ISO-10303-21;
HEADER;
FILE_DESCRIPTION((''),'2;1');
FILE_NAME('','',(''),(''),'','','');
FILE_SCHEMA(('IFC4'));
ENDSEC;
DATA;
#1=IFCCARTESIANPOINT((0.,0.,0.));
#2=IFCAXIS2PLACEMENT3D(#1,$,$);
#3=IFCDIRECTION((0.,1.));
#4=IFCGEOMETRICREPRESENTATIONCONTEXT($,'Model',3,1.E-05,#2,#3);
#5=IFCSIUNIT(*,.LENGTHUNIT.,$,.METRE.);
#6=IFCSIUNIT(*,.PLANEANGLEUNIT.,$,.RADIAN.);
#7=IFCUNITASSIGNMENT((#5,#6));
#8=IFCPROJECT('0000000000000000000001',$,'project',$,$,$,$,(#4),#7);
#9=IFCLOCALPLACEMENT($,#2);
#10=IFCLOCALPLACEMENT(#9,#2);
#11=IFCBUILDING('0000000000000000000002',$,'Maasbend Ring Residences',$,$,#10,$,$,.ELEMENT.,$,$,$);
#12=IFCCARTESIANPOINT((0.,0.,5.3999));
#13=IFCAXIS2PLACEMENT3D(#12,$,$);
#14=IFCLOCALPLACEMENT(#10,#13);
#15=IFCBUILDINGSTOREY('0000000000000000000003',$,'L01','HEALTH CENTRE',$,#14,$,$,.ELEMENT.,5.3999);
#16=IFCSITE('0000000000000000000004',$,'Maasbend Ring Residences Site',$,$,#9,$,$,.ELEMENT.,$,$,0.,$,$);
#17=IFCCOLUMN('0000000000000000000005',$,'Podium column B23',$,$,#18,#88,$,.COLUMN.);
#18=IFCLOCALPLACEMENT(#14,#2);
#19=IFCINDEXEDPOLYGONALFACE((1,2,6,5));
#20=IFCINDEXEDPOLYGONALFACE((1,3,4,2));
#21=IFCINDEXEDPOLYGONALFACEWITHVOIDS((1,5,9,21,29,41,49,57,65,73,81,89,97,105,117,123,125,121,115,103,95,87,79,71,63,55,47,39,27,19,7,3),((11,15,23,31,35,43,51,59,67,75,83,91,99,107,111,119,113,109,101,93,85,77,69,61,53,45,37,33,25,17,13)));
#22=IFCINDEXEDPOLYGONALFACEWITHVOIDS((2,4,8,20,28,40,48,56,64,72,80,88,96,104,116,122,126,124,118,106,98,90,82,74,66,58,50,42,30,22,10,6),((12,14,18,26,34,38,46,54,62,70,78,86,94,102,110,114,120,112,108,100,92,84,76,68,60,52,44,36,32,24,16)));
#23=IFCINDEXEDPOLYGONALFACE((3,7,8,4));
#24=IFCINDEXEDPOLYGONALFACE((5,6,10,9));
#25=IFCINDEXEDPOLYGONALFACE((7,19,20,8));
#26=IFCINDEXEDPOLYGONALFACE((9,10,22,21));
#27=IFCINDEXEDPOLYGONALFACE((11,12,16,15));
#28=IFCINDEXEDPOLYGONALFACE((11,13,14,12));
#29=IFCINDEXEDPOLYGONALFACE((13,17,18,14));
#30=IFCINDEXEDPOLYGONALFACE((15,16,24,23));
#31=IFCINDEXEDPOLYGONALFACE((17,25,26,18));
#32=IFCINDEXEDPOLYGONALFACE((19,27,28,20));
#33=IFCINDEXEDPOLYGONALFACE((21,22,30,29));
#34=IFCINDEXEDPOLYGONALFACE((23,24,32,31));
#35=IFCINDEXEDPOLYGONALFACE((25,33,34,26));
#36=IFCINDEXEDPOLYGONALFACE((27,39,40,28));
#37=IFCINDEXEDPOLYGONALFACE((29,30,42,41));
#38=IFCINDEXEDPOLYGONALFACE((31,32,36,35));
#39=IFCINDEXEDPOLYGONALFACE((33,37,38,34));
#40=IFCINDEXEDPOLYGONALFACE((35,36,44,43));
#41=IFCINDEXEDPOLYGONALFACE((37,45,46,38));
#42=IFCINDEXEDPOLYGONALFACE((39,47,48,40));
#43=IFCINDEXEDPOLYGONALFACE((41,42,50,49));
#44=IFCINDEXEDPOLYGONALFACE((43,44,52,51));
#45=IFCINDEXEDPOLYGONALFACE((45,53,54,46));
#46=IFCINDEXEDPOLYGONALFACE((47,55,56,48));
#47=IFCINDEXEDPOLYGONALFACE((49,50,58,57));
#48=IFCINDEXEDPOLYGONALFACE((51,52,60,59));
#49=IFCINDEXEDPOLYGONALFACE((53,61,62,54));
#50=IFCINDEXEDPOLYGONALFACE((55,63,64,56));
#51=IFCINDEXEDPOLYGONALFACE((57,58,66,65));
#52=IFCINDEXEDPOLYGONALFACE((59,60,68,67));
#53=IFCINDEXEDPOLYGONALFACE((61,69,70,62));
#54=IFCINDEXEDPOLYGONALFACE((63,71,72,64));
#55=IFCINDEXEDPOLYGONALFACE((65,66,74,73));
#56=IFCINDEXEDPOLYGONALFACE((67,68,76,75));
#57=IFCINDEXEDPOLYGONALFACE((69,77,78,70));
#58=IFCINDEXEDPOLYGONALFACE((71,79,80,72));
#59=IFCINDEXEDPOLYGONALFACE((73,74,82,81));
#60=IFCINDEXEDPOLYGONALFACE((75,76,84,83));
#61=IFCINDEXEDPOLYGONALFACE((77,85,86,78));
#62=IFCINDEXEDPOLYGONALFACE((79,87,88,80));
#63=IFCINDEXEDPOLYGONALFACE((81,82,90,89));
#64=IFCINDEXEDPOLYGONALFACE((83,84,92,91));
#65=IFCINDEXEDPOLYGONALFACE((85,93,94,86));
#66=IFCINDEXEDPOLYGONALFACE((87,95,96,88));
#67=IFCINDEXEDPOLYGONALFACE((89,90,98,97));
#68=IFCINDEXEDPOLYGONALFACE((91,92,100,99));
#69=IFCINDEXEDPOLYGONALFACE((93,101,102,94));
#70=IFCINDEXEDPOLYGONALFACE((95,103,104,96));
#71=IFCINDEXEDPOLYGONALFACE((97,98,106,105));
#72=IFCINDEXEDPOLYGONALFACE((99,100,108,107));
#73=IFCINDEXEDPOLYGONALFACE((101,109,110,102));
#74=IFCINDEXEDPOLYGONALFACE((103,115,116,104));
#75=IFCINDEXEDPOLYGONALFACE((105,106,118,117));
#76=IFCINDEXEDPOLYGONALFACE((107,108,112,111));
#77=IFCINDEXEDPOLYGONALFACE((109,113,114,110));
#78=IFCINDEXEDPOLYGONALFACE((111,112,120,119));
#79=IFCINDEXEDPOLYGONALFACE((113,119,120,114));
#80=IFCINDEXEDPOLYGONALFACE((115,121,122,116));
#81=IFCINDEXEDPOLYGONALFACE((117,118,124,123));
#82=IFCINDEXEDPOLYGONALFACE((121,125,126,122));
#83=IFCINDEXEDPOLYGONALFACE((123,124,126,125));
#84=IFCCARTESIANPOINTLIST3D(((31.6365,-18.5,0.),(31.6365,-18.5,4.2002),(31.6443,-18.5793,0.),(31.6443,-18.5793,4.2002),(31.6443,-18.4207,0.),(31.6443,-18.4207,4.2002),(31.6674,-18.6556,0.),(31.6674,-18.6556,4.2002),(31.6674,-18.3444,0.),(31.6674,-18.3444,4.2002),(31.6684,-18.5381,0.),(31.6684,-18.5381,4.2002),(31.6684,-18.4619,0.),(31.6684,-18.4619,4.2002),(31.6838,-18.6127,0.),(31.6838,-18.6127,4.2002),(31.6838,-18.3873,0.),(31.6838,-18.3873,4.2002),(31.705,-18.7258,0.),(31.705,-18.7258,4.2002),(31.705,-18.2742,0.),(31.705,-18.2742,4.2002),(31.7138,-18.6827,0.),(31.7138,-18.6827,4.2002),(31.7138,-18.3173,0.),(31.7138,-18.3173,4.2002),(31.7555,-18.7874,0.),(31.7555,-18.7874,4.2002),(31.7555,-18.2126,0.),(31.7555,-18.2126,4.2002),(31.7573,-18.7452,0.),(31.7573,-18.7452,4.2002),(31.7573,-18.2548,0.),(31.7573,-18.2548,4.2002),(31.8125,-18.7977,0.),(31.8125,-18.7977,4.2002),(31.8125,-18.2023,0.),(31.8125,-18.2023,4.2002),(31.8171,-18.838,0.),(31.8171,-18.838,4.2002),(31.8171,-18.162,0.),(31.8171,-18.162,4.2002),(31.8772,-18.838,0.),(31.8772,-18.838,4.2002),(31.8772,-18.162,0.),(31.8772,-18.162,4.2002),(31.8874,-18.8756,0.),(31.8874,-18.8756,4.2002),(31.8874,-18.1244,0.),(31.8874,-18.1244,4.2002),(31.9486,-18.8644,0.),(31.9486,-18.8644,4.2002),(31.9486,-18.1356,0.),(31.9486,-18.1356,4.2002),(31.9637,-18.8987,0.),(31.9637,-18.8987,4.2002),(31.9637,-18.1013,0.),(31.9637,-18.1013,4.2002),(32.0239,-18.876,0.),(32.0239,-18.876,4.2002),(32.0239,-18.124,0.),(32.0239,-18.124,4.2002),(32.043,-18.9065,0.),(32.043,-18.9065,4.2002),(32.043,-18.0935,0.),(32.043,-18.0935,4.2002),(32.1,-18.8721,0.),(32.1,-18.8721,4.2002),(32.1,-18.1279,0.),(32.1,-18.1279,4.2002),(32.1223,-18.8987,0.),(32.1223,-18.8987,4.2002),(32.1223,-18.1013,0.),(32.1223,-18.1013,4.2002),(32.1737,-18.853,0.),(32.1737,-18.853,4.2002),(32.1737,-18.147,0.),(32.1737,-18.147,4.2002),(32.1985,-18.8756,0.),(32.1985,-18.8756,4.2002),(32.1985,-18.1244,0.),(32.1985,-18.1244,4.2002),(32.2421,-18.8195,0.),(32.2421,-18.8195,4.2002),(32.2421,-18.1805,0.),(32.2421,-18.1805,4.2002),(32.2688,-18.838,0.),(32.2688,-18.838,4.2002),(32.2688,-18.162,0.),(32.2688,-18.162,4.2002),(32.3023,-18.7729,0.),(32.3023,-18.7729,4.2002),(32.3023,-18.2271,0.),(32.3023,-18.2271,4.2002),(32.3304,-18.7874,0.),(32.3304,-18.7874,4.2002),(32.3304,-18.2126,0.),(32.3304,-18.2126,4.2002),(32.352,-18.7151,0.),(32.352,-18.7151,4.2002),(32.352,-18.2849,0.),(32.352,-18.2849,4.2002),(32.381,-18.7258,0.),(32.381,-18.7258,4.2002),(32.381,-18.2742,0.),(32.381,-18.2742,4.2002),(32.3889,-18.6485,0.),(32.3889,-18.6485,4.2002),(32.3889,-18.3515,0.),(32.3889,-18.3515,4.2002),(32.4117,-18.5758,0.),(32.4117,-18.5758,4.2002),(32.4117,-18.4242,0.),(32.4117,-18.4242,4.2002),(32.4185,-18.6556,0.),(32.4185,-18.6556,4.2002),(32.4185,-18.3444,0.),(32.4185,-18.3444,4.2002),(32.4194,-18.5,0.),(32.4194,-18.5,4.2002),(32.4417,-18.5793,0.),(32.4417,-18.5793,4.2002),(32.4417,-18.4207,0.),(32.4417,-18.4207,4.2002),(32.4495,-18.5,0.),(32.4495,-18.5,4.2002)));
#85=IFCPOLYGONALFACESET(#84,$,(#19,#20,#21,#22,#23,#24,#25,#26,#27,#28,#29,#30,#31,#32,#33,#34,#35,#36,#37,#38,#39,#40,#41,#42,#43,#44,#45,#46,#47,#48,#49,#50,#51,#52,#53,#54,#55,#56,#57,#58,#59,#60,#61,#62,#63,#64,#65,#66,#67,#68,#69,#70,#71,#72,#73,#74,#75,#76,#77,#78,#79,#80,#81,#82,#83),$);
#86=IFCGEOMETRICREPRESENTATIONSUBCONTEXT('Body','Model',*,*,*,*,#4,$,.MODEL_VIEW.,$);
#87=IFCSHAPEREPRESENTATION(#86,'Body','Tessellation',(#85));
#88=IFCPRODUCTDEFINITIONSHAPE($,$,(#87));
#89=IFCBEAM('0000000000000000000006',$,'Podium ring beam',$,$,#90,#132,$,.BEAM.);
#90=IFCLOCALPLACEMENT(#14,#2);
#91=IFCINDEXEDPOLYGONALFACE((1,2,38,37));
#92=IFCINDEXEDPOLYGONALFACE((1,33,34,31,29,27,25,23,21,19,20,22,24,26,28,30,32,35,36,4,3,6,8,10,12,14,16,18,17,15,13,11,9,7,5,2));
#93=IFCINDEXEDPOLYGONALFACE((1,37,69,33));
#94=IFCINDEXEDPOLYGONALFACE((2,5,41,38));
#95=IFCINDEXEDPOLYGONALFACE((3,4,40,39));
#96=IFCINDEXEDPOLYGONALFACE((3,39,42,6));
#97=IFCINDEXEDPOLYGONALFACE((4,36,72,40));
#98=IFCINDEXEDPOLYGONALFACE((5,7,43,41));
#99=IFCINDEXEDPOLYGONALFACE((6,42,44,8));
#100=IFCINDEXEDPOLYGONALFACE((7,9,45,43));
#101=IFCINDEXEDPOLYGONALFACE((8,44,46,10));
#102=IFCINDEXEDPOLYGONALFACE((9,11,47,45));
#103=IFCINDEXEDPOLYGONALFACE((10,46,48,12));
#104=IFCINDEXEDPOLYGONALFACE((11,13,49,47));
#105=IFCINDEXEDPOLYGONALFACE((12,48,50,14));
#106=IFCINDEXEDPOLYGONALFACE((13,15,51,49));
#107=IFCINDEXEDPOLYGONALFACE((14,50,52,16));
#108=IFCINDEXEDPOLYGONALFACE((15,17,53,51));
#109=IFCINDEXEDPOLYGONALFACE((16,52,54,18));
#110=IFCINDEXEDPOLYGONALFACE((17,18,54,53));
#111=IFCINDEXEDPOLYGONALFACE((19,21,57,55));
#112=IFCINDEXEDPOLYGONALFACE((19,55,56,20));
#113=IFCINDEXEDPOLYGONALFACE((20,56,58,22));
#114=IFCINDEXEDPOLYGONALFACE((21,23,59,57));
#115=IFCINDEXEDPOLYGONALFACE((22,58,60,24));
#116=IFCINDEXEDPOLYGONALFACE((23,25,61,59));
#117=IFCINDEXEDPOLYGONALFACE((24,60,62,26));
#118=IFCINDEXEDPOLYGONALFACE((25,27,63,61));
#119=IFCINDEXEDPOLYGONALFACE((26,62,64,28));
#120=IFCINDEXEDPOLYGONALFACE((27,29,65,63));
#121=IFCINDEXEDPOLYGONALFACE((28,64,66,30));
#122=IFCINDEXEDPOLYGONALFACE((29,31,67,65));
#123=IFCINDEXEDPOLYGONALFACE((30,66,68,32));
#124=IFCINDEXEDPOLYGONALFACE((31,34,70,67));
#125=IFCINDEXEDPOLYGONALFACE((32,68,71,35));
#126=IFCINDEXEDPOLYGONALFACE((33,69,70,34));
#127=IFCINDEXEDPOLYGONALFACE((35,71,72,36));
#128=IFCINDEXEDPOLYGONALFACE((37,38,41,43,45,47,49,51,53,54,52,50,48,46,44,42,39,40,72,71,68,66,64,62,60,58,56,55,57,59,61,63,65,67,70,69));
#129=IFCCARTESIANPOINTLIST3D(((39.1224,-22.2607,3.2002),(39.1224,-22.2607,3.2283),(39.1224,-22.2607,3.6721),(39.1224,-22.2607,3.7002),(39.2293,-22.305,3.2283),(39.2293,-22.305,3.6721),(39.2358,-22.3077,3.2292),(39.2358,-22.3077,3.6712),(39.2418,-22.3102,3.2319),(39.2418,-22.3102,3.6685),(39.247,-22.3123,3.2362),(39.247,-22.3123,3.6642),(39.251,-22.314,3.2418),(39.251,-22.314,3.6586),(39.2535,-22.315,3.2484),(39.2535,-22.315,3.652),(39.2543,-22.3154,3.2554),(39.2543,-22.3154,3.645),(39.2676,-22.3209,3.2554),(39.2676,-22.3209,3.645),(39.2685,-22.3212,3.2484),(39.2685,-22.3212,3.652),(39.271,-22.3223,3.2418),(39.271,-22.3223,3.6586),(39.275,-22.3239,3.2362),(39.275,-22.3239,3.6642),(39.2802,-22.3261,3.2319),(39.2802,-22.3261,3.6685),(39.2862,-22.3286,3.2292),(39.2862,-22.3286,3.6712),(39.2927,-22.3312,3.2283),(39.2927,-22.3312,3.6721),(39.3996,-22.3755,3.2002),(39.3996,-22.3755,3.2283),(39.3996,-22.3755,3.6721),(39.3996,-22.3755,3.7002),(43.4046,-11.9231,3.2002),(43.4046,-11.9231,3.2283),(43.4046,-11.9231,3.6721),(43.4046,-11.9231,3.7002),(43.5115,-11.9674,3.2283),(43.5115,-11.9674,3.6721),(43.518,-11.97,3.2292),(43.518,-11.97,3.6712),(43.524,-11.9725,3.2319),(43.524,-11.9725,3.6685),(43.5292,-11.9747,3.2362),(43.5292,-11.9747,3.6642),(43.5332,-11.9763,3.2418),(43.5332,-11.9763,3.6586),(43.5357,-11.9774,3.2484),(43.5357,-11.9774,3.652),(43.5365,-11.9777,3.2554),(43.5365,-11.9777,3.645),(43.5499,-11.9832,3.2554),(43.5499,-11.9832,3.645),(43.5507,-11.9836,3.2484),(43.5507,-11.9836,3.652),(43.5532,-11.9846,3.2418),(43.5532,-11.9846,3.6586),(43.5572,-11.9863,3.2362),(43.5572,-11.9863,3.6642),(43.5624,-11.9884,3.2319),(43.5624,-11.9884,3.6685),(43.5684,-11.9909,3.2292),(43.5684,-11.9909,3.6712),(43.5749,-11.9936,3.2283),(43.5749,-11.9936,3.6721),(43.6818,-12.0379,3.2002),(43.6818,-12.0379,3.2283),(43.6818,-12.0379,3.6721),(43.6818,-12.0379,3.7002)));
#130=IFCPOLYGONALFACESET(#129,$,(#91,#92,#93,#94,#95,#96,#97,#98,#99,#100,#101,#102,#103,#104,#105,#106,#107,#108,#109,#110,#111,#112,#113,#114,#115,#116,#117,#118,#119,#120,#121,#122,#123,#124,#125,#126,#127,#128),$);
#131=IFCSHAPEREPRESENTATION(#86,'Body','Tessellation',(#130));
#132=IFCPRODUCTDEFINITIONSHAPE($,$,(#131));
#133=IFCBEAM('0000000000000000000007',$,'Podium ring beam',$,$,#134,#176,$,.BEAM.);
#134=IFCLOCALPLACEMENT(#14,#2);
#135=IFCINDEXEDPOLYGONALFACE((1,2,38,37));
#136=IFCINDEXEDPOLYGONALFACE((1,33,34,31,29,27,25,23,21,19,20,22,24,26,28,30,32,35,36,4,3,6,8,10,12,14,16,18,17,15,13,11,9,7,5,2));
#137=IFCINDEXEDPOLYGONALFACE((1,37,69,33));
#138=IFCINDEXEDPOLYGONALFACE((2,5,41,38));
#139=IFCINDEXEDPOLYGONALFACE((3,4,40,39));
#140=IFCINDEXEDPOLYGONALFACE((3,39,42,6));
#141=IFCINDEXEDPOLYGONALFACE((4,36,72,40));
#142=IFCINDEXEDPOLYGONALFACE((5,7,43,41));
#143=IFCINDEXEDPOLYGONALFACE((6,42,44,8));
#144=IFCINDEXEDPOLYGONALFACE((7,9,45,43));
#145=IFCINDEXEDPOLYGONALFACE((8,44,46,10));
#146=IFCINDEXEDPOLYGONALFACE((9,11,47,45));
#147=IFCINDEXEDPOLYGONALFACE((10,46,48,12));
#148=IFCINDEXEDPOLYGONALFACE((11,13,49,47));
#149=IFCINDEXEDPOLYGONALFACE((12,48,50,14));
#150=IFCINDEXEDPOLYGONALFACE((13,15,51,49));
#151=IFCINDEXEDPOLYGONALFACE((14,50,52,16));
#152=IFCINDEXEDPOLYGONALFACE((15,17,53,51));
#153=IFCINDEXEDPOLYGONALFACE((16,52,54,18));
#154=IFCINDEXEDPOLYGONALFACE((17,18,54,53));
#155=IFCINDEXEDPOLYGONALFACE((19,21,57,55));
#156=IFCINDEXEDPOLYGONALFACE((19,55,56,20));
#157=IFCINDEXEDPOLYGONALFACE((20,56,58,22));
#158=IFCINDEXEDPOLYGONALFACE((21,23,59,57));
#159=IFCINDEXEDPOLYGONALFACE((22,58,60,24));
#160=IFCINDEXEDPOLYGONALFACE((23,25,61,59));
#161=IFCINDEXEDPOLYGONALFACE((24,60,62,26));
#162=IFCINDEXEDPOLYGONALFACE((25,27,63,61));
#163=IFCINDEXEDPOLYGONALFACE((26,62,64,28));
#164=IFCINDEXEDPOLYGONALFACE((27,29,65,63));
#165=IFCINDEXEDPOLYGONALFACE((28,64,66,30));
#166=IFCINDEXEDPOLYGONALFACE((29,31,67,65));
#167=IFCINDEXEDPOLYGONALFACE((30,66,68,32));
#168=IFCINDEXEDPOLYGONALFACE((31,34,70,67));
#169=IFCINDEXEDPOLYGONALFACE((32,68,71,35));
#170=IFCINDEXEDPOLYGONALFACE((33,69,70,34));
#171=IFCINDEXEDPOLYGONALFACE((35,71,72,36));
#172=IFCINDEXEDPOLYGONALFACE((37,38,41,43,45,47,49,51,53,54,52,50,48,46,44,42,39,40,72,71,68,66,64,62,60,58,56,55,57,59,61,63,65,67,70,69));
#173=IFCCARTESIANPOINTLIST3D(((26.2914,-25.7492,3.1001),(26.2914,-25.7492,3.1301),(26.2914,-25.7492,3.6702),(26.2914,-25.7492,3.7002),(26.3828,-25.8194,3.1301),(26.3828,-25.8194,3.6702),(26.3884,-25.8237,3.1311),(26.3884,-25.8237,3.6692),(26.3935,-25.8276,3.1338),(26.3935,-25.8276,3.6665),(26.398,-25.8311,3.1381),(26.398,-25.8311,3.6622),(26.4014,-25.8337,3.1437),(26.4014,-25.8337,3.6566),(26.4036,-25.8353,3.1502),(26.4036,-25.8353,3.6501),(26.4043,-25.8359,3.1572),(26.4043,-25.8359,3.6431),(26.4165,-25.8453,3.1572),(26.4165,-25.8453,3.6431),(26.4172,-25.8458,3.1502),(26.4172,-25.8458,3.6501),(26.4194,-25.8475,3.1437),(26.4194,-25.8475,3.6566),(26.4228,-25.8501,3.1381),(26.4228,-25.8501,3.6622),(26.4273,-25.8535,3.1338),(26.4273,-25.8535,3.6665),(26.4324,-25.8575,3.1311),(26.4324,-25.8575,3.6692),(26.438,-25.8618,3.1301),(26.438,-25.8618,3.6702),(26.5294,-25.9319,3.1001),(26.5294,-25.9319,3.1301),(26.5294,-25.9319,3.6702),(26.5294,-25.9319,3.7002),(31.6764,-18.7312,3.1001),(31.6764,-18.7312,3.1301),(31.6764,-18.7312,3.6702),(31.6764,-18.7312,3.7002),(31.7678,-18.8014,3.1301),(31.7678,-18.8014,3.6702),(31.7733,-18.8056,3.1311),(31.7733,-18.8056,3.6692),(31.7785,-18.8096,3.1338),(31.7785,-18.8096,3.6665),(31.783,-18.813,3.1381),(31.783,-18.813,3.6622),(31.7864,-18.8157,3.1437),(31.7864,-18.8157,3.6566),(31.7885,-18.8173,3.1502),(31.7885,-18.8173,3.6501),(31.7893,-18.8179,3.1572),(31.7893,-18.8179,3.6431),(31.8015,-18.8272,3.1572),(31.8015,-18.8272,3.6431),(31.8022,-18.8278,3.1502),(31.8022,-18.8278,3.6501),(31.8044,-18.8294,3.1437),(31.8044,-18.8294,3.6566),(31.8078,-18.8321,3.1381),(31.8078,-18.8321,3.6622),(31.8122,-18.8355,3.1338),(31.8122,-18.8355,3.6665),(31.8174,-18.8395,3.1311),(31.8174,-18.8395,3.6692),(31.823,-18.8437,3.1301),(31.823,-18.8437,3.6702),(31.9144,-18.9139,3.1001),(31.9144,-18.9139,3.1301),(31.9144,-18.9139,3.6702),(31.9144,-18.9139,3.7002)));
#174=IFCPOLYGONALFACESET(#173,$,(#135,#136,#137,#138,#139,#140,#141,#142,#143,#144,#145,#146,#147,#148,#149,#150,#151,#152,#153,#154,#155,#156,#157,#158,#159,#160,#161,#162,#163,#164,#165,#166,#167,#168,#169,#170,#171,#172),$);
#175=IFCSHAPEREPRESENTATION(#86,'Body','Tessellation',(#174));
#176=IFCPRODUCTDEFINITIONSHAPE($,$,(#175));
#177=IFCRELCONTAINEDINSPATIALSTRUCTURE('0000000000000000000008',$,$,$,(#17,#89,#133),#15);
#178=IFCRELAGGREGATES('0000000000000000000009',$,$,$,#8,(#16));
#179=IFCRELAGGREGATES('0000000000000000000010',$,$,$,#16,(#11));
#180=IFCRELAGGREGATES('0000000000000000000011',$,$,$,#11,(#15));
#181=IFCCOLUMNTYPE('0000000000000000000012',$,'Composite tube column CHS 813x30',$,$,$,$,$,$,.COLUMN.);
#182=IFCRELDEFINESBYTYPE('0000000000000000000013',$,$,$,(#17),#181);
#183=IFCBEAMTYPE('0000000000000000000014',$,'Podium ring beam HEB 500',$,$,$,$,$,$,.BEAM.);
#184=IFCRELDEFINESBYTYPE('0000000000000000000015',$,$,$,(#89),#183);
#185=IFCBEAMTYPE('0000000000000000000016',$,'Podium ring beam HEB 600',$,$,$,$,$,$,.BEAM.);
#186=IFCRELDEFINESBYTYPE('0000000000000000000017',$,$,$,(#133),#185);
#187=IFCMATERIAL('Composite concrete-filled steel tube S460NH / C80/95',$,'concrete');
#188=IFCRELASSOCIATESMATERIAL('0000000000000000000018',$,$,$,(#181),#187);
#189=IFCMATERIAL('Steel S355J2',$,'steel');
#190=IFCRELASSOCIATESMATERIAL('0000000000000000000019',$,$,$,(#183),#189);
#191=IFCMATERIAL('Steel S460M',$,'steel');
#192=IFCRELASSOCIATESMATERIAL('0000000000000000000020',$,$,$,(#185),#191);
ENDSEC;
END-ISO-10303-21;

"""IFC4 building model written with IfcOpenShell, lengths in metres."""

from ifc_helpers import new_model, si_unit, direction, frame, origin, origin_2d, place, context, subcontext, project, spatial, hollow_circle, i_section, extrude, material, material_profile, profile_set, type_object, element, save


model = new_model("IFC4")

# Units and contexts
model_context = context("Model", 3, precision=1e-05, world=origin(), true_north=direction((0.0, 1.0)))
body_context = subcontext(model_context, "Body", "Model", "MODEL_VIEW")
ifc_project = project(units=[si_unit("LENGTHUNIT", "METRE"), si_unit("PLANEANGLEUNIT", "RADIAN")], contexts=[model_context])

# Site, building, storey
site_placement = place(None, origin())
site = spatial("IfcSite", under=ifc_project, at=site_placement, Name="Maasbend Ring Residences Site", CompositionType="ELEMENT", RefElevation=0.0)
building_placement = place(site_placement, origin())
building = spatial("IfcBuilding", under=site, at=building_placement, Name="Maasbend Ring Residences", CompositionType="ELEMENT")
storey_placement = place(building_placement, frame((0.0, 0.0, 5.3999)))
storey = spatial("IfcBuildingStorey", under=building, at=storey_placement, Name="L01", Description="HEALTH CENTRE", CompositionType="ELEMENT", Elevation=5.3999)

# Column
ifc_material_1 = material(Name="Composite concrete-filled steel tube S460NH / C80/95", Category="concrete")
ifc_material_profile_1 = material_profile(ifc_material_1, hollow_circle(Radius=0.4065, WallThickness=0.03, at=origin_2d()), Name="Composite tube column CHS 813x30")
ifc_profile_set_1 = profile_set([ifc_material_profile_1], Name="Composite concrete-filled steel tube S460NH / C80/95")
column_type_1 = type_object("IfcColumnType", Name="Composite tube column CHS 813x30", PredefinedType="COLUMN", material=ifc_profile_set_1)
for number, where, z_axis, x_axis, name in (
    (1, (32.043, -18.5, 0.0), (0.0, 0.0, 1.0), (1.0, 0.0, 0.0), "Podium column B23"),
):
    element("IfcColumn", number, at=place(storey_placement, frame(where, z_axis=z_axis, x_axis=x_axis)), inside=storey, type_object=column_type_1, Name=name, PredefinedType="COLUMN", context=body_context, shape_type="SweptSolid", body=[
        extrude(hollow_circle(Radius=0.4065, WallThickness=0.03, at=origin_2d()), origin(), (0.0, 0.0, 1.0), 4.2002),
    ])

# Beams
ifc_material_2 = material(Name="Steel S355J2", Category="steel")
ifc_material_profile_2 = material_profile(ifc_material_2, i_section(OverallWidth=0.3, OverallDepth=0.5, WebThickness=0.0144, FlangeThickness=0.0281, FilletRadius=0.0271, at=origin_2d()), Name="HEB 500")
ifc_profile_set_2 = profile_set([ifc_material_profile_2], Name="Steel S355J2")
beam_type_1 = type_object("IfcBeamType", Name="Podium ring beam HEB 500", PredefinedType="BEAM", material=ifc_profile_set_2)
beam_1_placement = place(storey_placement, frame((39.261, -22.3181, 3.4502), z_axis=(0.382701, 0.923872, 0.0), x_axis=(-0.923872, 0.382701, 0.0)))
element("IfcBeam", 2, at=beam_1_placement, inside=storey, type_object=beam_type_1, Name="Podium ring beam", PredefinedType="BEAM", context=body_context, shape_type="SweptSolid", body=[
    extrude(i_section(OverallWidth=0.3, OverallDepth=0.5, WebThickness=0.0144, FlangeThickness=0.0281, FilletRadius=0.0271, at=origin_2d()), origin(), (0.0, 0.0, 1.0), 11.1895),
])
ifc_material_3 = material(Name="Steel S460M", Category="steel")
ifc_material_profile_3 = material_profile(ifc_material_3, i_section(OverallWidth=0.3, OverallDepth=0.6001, WebThickness=0.0154, FlangeThickness=0.03, FilletRadius=0.0271, at=origin_2d()), Name="HEB 600")
ifc_profile_set_3 = profile_set([ifc_material_profile_3], Name="Steel S460M")
beam_type_2 = type_object("IfcBeamType", Name="Podium ring beam HEB 600", PredefinedType="BEAM", material=ifc_profile_set_3)
for number, where, z_axis, x_axis, name in (
    (3, (26.4104, -25.8406, 3.4001), (0.608751, 0.793361, 0.0), (-0.793361, 0.608751, 0.0), "Podium ring beam"),
):
    element("IfcBeam", number, at=place(storey_placement, frame(where, z_axis=z_axis, x_axis=x_axis)), inside=storey, type_object=beam_type_2, Name=name, PredefinedType="BEAM", context=body_context, shape_type="SweptSolid", body=[
        extrude(i_section(OverallWidth=0.3, OverallDepth=0.6001, WebThickness=0.0154, FlangeThickness=0.03, FilletRadius=0.0271, at=origin_2d()), origin(), (0.0, 0.0, 1.0), 8.8459),
    ])

save(model, "model.ifc")
